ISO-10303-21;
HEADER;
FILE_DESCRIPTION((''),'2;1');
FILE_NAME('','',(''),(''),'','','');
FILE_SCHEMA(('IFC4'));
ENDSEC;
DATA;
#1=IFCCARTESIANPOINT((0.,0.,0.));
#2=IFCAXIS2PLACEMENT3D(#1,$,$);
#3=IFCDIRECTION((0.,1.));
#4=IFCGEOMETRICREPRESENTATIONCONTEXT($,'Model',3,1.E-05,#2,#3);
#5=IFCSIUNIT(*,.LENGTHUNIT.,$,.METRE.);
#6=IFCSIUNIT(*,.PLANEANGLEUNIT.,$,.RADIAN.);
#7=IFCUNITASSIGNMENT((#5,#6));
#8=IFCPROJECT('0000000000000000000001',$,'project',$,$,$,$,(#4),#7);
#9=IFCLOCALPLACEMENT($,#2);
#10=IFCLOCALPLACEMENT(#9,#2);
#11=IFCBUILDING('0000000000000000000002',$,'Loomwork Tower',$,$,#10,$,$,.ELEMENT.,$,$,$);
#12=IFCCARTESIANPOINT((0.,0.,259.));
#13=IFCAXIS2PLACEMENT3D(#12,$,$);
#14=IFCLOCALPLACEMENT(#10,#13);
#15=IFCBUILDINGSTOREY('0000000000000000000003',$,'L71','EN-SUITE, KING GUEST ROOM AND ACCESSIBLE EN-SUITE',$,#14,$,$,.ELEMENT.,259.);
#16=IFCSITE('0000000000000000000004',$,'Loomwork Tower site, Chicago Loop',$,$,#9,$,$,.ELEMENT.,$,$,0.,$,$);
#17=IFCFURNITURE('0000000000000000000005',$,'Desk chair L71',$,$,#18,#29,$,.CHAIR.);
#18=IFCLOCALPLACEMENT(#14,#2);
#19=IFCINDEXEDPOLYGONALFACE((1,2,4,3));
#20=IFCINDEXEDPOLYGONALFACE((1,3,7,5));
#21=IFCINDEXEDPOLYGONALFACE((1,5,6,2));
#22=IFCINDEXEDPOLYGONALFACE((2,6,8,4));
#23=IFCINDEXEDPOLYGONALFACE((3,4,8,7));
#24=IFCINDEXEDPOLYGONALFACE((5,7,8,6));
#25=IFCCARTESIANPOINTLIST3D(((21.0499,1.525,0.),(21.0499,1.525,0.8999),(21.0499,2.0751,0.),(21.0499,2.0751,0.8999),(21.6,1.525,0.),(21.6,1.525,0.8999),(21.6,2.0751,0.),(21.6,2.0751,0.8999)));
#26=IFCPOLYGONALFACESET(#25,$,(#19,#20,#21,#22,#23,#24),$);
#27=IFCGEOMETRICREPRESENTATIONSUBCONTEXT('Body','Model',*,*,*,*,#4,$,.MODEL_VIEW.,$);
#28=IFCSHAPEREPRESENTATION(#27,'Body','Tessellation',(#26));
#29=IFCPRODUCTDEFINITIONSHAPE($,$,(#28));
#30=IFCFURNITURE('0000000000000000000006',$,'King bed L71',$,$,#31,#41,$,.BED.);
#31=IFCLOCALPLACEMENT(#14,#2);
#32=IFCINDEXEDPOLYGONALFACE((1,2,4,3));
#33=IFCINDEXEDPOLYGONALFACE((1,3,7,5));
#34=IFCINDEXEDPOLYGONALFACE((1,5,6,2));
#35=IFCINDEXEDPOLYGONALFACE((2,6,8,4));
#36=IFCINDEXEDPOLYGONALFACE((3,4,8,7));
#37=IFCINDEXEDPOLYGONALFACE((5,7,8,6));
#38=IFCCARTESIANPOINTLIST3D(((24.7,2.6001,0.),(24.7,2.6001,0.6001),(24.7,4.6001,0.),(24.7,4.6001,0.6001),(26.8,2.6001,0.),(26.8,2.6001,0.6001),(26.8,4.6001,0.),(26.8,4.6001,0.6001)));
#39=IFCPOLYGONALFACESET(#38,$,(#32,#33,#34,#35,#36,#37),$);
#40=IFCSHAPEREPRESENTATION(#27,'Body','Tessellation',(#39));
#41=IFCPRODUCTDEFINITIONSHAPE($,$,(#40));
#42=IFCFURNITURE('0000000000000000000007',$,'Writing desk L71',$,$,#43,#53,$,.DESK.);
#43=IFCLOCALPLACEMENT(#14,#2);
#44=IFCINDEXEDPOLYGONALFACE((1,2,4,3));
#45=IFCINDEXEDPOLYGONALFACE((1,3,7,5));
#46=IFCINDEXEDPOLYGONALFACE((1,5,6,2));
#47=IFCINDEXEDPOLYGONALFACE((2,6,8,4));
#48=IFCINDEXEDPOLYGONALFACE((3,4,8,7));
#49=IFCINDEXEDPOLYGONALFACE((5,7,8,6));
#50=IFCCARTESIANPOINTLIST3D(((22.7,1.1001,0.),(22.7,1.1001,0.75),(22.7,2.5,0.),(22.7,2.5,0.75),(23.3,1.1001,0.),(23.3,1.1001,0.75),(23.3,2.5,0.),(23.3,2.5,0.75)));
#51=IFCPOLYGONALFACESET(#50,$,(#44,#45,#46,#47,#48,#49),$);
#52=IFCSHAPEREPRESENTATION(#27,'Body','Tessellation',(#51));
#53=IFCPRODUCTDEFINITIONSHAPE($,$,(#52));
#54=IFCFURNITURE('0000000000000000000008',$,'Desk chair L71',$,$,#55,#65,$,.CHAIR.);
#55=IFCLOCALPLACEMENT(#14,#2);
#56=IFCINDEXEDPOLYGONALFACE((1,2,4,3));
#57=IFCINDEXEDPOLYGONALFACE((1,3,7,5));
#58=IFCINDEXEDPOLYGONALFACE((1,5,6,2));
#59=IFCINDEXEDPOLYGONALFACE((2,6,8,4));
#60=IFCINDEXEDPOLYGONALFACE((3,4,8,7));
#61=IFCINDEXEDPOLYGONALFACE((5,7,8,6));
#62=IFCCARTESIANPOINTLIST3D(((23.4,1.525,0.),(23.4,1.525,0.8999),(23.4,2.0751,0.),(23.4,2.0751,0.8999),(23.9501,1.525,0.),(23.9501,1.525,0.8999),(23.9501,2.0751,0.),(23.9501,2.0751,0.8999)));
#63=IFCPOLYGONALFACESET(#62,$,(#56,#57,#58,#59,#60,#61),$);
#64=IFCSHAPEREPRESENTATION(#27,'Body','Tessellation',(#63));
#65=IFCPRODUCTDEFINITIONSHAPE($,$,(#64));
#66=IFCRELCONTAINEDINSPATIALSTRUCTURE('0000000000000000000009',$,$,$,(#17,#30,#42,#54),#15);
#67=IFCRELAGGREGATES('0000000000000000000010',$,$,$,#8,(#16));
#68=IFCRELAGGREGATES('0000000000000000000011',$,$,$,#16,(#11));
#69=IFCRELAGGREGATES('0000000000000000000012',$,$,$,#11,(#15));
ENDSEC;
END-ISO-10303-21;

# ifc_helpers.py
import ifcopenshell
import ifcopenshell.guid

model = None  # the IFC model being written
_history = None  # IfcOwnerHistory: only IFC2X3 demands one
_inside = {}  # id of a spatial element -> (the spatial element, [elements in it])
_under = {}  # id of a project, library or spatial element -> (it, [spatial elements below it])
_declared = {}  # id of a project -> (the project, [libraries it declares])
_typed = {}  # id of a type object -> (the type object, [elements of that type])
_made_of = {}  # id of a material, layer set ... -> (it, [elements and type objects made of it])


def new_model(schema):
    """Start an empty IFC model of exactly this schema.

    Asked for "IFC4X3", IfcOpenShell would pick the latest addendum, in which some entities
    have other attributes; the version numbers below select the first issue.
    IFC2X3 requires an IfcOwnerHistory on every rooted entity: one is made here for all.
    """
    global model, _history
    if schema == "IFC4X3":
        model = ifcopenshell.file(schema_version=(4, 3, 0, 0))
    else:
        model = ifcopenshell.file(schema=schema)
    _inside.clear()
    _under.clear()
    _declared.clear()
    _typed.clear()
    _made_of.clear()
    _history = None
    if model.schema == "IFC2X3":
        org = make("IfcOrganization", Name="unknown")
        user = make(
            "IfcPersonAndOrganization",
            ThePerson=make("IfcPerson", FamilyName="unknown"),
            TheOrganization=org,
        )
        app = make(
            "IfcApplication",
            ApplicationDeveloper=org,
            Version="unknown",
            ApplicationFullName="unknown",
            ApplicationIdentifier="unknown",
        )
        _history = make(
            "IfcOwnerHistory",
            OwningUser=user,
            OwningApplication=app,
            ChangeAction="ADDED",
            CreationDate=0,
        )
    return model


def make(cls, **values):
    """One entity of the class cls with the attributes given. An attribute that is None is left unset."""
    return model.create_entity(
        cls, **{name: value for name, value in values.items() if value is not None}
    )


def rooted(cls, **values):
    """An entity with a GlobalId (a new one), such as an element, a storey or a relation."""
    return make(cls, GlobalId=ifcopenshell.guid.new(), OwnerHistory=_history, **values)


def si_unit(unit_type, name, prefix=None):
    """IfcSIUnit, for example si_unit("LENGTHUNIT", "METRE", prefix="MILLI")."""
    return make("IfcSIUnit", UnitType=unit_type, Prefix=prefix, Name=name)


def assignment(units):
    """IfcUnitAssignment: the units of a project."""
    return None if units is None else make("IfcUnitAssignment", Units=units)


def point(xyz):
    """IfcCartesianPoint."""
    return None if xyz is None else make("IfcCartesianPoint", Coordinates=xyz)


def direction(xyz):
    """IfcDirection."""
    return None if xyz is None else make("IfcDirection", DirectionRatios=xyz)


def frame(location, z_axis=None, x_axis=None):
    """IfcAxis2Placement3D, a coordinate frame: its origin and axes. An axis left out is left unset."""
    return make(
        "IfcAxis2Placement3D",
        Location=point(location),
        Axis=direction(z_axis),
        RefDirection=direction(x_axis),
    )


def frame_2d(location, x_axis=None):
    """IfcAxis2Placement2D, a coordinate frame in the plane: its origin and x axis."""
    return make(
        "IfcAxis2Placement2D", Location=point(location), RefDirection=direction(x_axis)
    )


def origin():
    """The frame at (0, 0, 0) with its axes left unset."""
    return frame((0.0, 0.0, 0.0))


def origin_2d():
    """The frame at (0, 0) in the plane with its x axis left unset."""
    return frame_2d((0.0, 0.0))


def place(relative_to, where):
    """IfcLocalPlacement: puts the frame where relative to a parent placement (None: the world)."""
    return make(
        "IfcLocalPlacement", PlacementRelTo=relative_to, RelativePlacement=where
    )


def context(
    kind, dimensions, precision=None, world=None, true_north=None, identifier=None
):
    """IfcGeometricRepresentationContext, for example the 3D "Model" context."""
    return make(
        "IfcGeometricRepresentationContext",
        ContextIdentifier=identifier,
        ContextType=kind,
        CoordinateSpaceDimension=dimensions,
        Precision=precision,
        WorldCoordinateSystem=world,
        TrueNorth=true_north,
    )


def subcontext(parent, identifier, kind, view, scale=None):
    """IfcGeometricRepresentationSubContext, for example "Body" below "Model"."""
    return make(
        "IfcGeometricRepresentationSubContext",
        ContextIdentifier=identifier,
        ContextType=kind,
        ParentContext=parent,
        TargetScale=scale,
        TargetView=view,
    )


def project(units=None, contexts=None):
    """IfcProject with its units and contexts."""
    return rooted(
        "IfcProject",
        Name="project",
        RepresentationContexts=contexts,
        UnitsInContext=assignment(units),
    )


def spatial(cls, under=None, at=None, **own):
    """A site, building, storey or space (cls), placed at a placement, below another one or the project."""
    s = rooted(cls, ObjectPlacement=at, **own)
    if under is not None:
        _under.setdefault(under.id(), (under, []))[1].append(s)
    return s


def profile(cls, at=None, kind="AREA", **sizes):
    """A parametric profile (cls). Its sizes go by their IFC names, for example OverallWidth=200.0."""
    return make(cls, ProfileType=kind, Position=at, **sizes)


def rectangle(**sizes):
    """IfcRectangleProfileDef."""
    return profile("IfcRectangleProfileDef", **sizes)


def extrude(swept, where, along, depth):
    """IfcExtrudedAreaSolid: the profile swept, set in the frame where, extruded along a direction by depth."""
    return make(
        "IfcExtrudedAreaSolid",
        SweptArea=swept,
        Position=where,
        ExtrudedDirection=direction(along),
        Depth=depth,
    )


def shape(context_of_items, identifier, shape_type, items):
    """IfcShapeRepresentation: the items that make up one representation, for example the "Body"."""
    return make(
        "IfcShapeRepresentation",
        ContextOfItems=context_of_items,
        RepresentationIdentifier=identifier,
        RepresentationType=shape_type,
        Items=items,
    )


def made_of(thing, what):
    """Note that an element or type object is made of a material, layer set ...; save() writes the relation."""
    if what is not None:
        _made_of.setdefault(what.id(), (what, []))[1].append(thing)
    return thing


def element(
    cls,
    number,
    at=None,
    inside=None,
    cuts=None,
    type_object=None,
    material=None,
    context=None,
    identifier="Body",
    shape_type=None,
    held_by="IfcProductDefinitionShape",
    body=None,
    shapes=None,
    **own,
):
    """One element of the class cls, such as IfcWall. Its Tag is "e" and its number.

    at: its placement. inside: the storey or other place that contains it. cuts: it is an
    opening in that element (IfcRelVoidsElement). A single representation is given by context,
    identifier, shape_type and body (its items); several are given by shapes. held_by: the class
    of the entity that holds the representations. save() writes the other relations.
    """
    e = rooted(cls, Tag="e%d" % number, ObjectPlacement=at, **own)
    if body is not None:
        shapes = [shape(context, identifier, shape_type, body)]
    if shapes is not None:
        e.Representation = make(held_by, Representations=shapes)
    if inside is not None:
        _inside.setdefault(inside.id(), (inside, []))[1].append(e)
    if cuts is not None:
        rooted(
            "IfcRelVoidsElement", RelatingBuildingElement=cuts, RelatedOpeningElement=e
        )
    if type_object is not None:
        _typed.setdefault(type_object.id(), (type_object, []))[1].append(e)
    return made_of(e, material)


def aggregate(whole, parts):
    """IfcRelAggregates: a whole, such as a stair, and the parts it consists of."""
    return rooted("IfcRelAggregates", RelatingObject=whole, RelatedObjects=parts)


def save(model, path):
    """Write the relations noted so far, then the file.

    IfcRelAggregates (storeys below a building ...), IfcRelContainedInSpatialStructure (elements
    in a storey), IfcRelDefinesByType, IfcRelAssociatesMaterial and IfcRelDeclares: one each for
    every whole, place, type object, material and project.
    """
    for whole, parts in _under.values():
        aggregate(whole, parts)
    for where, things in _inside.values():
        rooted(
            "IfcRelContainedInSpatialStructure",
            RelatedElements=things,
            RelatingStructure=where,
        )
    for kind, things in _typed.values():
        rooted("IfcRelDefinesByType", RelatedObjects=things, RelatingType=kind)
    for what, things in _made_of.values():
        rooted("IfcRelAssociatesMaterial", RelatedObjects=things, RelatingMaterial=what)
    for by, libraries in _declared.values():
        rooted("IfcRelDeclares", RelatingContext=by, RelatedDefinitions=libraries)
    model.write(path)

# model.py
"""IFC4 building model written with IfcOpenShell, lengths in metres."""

from ifc_helpers import new_model, si_unit, direction, frame, origin, origin_2d, place, context, subcontext, project, spatial, rectangle, extrude, element, save


model = new_model("IFC4")

# Units and contexts
model_context = context("Model", 3, precision=1e-05, world=origin(), true_north=direction((0.0, 1.0)))
body_context = subcontext(model_context, "Body", "Model", "MODEL_VIEW")
ifc_project = project(units=[si_unit("LENGTHUNIT", "METRE"), si_unit("PLANEANGLEUNIT", "RADIAN")], contexts=[model_context])

# Site, building, storey
site_placement = place(None, origin())
site = spatial("IfcSite", under=ifc_project, at=site_placement, Name="Loomwork Tower site, Chicago Loop", CompositionType="ELEMENT", RefElevation=0.0)
building_placement = place(site_placement, origin())
building = spatial("IfcBuilding", under=site, at=building_placement, Name="Loomwork Tower", CompositionType="ELEMENT")
storey_placement = place(building_placement, frame((0.0, 0.0, 259.0)))
storey = spatial("IfcBuildingStorey", under=building, at=storey_placement, Name="L71", Description="EN-SUITE, KING GUEST ROOM AND ACCESSIBLE EN-SUITE", CompositionType="ELEMENT", Elevation=259.0)

# Furniture
furniture_1_placement = place(storey_placement, frame((21.325, 1.8, 0.0), z_axis=(0.0, 0.0, 1.0), x_axis=(1.0, 0.0, 0.0)))
element("IfcFurniture", 1, at=furniture_1_placement, inside=storey, Name="Desk chair L71", PredefinedType="CHAIR", context=body_context, shape_type="SweptSolid", body=[
    extrude(rectangle(XDim=0.55, YDim=0.55, at=origin_2d()), origin(), (0.0, 0.0, 1.0), 0.8999),
])
furniture_2_placement = place(storey_placement, frame((25.75, 3.6001, 0.0), z_axis=(0.0, 0.0, 1.0), x_axis=(1.0, 0.0, 0.0)))
element("IfcFurniture", 2, at=furniture_2_placement, inside=storey, Name="King bed L71", PredefinedType="BED", context=body_context, shape_type="SweptSolid", body=[
    extrude(rectangle(XDim=2.1001, YDim=2.0, at=origin_2d()), origin(), (0.0, 0.0, 1.0), 0.6001),
])
furniture_3_placement = place(storey_placement, frame((23.0, 1.8, 0.0), z_axis=(0.0, 0.0, 1.0), x_axis=(1.0, 0.0, 0.0)))
element("IfcFurniture", 3, at=furniture_3_placement, inside=storey, Name="Writing desk L71", PredefinedType="DESK", context=body_context, shape_type="SweptSolid", body=[
    extrude(rectangle(XDim=0.6001, YDim=1.3999, at=origin_2d()), origin(), (0.0, 0.0, 1.0), 0.75),
])
furniture_4_placement = place(storey_placement, frame((23.675, 1.8, 0.0), z_axis=(0.0, 0.0, 1.0), x_axis=(1.0, 0.0, 0.0)))
element("IfcFurniture", 4, at=furniture_4_placement, inside=storey, Name="Desk chair L71", PredefinedType="CHAIR", context=body_context, shape_type="SweptSolid", body=[
    extrude(rectangle(XDim=0.55, YDim=0.55, at=origin_2d()), origin(), (0.0, 0.0, 1.0), 0.8999),
])

save(model, "model.ifc")
